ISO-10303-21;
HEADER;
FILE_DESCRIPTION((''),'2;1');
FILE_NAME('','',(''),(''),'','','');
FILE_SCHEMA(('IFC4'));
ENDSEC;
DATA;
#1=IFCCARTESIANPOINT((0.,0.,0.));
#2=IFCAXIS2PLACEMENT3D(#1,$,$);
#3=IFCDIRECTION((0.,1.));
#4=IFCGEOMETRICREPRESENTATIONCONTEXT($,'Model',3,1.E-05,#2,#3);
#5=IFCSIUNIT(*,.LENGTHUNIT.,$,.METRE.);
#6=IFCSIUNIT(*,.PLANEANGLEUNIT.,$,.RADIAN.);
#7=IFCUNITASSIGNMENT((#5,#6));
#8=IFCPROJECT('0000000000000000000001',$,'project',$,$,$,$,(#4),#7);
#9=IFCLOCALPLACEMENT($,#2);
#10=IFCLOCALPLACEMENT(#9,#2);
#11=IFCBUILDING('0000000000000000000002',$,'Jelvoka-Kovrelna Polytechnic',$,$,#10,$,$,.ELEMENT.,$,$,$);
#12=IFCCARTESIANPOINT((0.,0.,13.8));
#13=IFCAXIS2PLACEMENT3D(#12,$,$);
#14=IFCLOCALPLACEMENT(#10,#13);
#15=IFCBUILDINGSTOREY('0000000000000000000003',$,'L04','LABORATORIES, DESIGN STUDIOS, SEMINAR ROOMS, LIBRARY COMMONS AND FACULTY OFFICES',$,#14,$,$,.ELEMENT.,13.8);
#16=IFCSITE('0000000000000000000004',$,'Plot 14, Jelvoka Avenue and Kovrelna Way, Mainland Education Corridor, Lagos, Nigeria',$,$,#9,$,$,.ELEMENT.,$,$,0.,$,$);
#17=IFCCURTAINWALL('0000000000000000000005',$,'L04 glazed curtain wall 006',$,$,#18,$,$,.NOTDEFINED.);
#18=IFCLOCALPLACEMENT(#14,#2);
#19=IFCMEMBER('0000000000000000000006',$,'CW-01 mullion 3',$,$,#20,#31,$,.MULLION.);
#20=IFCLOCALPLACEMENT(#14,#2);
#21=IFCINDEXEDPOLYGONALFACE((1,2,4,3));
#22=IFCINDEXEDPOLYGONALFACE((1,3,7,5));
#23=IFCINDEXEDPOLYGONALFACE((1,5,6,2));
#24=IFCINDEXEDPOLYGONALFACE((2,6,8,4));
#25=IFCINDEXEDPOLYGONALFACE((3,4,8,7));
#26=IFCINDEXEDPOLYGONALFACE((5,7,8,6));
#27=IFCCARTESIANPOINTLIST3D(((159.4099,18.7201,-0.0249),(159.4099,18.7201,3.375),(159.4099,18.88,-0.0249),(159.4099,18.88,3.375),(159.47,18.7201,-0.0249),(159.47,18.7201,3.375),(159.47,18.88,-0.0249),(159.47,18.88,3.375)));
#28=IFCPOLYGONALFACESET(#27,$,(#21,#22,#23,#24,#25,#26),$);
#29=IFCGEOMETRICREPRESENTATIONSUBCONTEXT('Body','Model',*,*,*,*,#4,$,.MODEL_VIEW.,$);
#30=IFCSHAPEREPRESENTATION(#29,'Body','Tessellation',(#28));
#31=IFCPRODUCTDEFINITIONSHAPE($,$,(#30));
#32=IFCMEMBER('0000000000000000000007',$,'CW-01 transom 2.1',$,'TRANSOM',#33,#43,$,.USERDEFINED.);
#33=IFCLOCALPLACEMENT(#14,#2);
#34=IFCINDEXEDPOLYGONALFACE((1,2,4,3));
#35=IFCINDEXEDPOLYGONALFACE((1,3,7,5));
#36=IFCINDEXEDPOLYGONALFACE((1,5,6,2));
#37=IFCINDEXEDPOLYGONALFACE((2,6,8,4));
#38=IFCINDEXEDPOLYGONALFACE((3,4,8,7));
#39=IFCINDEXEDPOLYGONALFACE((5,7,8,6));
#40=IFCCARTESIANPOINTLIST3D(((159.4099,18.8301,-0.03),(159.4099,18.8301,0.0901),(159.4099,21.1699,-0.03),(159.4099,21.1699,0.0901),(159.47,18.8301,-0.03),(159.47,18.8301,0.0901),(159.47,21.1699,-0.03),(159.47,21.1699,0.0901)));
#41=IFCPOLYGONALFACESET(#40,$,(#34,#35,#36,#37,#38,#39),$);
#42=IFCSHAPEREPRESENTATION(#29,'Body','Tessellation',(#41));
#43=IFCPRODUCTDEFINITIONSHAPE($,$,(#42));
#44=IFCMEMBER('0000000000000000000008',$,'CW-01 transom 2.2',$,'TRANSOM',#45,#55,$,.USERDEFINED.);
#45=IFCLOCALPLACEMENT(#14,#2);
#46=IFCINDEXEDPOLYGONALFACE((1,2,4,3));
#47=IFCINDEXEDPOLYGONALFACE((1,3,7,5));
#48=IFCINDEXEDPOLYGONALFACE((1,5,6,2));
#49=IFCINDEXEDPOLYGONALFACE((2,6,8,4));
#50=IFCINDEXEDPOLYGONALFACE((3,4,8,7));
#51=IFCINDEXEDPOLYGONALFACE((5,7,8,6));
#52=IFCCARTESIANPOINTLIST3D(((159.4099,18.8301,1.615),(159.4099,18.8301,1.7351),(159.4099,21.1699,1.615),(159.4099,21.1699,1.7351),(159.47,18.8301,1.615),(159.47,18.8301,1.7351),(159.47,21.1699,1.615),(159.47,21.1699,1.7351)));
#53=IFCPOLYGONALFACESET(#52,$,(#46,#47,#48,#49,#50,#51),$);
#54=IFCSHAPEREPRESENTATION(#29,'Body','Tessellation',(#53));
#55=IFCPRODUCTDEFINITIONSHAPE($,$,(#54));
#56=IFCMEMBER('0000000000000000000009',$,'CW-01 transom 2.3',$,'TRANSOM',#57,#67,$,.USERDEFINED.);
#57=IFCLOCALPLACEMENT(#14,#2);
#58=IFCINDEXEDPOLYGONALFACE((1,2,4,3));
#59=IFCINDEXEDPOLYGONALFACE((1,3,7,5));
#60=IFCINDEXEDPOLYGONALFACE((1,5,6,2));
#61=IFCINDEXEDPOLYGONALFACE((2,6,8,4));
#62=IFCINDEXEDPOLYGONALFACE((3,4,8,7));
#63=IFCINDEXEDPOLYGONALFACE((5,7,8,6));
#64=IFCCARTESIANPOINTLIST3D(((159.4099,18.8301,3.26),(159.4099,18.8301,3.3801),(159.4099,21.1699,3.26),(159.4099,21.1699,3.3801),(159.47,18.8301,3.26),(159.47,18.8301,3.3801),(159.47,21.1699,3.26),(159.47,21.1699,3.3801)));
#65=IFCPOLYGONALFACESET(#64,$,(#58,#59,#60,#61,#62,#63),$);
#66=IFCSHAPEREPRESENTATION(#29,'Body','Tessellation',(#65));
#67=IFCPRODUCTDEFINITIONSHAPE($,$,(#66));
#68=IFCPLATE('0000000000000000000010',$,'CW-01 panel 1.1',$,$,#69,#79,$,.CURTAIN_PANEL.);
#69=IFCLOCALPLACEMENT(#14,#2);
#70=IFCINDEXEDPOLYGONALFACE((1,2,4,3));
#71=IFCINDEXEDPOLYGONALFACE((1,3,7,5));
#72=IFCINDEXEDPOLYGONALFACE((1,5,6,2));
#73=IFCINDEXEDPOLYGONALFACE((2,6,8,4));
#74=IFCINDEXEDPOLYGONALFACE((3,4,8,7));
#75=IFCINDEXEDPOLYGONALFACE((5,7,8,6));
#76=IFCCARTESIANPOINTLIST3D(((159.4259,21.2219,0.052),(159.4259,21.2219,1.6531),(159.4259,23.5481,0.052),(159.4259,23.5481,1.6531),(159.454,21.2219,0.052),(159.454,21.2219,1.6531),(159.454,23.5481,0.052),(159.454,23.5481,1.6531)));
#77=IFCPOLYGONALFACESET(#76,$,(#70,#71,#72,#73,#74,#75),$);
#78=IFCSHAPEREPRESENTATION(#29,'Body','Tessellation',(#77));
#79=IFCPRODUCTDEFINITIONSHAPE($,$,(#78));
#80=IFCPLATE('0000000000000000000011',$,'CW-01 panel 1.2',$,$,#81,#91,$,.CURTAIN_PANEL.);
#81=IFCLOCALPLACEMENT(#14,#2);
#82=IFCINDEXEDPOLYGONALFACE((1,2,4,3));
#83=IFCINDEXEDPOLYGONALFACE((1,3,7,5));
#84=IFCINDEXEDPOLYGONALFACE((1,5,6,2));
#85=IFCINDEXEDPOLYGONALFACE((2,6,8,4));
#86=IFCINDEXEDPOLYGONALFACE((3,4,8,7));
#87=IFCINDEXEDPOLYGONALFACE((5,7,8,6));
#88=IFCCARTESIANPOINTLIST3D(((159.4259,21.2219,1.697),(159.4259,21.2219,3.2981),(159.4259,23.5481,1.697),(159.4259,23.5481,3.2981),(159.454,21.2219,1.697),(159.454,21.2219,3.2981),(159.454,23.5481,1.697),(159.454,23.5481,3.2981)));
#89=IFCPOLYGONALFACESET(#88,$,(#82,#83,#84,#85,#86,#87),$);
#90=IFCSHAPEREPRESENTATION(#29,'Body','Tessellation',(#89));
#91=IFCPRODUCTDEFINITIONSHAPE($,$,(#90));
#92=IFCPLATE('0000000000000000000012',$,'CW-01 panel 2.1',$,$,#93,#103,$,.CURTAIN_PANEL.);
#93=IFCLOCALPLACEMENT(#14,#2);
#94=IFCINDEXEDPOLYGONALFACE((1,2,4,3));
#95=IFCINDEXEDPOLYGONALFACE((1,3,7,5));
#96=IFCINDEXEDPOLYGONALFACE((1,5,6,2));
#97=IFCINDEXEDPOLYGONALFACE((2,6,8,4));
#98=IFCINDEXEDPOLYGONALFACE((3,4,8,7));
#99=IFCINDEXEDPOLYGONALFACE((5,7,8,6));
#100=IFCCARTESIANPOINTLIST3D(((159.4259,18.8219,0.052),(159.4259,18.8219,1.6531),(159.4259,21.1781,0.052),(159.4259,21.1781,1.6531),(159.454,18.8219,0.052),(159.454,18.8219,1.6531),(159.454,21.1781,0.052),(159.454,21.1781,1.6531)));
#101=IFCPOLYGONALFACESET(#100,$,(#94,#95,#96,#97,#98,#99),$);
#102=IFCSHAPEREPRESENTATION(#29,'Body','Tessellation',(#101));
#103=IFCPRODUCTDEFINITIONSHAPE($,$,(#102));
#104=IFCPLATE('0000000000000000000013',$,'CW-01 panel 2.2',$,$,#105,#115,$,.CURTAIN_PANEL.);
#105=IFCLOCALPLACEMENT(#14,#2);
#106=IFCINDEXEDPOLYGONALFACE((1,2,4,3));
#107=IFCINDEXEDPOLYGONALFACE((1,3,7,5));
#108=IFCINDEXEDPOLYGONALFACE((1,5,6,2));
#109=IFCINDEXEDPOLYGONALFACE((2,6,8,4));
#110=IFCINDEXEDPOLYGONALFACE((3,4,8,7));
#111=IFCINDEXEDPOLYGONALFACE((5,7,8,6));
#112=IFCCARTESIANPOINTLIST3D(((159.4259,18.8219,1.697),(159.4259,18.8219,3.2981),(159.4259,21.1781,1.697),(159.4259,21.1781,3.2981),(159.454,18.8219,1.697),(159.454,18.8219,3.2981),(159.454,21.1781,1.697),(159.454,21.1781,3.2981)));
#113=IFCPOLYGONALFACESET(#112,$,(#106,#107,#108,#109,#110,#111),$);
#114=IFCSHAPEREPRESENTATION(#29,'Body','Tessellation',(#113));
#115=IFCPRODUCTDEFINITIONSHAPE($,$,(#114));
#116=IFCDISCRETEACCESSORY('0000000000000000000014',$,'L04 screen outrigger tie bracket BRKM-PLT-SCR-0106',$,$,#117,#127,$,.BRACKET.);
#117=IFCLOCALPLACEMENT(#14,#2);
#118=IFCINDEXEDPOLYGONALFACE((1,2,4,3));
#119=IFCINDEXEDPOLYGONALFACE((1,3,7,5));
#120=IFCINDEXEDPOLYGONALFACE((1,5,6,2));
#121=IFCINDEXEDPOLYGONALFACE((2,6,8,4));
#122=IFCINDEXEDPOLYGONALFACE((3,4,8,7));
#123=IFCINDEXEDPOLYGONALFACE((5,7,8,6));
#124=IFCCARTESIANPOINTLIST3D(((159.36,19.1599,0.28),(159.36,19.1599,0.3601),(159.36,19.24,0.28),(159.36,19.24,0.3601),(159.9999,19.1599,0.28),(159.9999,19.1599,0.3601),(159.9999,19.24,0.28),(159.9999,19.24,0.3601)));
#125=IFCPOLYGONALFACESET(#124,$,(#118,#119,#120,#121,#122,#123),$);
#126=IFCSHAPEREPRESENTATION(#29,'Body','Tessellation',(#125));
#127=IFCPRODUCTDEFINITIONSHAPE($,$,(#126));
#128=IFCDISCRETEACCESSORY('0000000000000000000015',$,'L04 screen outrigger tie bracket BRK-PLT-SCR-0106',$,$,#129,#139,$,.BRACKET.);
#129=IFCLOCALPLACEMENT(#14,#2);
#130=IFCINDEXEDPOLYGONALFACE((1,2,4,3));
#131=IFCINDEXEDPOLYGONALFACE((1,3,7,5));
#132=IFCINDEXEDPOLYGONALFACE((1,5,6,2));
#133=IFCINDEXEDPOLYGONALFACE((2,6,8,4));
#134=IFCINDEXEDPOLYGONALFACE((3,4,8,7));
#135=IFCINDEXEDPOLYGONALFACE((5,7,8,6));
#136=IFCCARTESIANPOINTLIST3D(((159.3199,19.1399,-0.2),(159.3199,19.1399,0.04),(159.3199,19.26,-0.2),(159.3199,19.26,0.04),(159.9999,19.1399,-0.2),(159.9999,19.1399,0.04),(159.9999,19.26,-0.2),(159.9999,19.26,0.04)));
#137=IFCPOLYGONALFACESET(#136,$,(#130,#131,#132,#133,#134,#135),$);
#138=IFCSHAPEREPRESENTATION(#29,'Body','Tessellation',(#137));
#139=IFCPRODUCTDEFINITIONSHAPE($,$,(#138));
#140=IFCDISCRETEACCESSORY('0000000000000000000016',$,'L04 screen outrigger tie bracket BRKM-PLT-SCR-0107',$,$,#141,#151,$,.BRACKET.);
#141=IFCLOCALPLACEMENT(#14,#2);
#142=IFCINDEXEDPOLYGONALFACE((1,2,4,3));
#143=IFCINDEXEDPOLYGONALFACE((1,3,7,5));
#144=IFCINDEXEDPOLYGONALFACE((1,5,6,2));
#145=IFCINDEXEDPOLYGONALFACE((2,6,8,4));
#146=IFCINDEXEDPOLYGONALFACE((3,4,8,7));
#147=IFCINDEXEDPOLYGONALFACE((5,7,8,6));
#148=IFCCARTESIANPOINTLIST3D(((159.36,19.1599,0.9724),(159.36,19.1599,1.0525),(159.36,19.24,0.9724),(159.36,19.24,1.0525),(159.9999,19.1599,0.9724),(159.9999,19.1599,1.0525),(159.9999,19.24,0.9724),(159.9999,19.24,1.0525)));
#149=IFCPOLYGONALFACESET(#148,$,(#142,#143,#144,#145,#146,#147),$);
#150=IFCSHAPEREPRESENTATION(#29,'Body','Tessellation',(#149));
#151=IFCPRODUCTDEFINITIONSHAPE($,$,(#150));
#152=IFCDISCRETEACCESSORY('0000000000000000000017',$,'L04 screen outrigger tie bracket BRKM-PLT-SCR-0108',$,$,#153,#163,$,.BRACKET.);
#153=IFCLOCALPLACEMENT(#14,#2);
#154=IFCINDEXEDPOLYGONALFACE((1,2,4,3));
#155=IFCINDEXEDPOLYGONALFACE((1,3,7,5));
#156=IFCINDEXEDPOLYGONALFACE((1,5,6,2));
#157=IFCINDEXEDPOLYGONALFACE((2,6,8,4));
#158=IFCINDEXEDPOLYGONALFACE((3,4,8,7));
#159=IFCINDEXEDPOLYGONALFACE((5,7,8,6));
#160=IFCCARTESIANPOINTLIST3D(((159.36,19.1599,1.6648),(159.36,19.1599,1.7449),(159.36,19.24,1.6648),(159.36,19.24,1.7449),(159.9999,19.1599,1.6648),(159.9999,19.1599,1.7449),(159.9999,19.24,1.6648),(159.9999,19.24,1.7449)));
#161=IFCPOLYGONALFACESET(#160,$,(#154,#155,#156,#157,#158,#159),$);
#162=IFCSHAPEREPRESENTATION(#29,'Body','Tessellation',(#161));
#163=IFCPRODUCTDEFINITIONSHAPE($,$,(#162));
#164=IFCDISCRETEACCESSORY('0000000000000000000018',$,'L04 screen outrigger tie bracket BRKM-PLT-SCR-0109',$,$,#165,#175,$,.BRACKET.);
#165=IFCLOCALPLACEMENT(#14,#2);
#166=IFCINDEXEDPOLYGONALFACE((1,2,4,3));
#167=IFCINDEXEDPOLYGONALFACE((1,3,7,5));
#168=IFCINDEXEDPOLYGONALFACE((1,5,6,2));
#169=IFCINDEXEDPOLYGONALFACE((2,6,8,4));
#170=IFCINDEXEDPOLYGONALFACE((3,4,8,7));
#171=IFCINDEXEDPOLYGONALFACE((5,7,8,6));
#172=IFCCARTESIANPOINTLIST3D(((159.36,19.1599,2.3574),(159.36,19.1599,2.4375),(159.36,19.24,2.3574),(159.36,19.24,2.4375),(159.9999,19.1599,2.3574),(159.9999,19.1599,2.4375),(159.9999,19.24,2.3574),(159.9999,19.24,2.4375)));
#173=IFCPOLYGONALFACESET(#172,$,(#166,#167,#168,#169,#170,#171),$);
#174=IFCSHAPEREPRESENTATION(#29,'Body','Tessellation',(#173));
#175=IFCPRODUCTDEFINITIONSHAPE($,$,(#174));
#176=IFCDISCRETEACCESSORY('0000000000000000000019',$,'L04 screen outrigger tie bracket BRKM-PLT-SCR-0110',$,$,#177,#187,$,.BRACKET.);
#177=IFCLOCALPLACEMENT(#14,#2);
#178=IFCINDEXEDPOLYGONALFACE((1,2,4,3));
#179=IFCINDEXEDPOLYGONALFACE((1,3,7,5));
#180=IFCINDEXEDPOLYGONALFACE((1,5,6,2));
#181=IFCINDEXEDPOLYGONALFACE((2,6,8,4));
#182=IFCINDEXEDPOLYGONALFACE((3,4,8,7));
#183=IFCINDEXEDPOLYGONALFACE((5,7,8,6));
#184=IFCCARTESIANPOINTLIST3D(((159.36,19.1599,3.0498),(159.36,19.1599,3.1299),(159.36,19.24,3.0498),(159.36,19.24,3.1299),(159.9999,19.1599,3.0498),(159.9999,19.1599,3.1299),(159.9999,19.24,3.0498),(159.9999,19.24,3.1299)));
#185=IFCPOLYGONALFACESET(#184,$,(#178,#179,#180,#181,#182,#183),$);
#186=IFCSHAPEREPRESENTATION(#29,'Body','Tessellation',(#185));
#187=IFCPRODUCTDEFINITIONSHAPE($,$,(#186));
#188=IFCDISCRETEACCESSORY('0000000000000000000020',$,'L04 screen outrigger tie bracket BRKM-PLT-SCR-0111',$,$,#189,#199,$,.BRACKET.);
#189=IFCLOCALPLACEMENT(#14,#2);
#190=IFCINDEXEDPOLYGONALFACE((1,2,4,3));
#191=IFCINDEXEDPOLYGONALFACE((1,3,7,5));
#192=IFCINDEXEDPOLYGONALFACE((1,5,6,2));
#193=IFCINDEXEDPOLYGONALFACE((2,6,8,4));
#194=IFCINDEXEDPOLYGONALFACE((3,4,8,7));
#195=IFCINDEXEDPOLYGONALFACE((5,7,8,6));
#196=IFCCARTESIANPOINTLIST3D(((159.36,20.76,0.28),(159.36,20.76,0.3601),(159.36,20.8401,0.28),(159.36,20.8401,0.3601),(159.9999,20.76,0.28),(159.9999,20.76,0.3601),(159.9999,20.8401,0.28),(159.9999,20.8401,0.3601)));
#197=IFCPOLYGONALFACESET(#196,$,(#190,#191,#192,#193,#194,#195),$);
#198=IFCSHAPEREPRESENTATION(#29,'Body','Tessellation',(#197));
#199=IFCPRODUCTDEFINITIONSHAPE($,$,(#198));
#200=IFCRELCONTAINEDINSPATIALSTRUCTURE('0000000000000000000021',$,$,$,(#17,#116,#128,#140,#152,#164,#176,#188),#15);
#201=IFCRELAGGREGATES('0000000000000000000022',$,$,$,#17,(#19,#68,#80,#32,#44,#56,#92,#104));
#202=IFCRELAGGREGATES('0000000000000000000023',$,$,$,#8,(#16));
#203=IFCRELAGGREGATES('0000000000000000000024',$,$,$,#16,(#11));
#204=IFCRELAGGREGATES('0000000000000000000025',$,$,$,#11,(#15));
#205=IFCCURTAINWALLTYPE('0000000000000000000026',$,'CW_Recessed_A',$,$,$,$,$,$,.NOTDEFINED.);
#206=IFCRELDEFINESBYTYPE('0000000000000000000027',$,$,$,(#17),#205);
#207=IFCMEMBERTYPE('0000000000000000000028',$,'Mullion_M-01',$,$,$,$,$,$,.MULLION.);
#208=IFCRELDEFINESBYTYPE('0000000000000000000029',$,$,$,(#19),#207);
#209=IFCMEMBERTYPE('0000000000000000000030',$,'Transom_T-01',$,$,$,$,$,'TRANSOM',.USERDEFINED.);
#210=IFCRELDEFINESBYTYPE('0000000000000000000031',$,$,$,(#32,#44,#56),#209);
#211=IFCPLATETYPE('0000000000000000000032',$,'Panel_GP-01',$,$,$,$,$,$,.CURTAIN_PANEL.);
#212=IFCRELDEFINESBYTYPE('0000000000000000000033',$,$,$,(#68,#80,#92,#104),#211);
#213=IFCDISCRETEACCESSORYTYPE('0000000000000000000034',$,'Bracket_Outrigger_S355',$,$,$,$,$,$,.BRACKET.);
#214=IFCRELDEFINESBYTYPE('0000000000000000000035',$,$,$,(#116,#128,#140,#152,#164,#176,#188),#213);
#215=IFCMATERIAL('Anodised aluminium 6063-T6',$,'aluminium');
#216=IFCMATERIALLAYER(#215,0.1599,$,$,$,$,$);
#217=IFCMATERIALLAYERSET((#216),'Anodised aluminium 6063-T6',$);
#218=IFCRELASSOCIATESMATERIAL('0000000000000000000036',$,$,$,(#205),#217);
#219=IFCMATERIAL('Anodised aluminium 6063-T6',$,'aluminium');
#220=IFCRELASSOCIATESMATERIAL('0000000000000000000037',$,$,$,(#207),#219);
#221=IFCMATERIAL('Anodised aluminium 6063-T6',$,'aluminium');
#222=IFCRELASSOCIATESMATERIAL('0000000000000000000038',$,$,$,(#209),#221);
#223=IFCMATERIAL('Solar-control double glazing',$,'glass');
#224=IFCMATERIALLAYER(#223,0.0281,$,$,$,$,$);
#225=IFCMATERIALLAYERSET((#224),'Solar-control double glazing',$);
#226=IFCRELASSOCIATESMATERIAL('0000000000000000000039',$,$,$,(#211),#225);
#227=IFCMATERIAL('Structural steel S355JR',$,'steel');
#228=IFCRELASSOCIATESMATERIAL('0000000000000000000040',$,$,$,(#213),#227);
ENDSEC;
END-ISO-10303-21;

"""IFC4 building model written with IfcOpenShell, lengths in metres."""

from ifc_helpers import new_model, si_unit, direction, frame, origin, origin_2d, place, context, subcontext, project, spatial, rectangle, extrude, material, layer, layer_set, material_profile, profile_set, type_object, element, aggregate, save


model = new_model("IFC4")

# Units and contexts
model_context = context("Model", 3, precision=1e-05, world=origin(), true_north=direction((0.0, 1.0)))
body_context = subcontext(model_context, "Body", "Model", "MODEL_VIEW")
ifc_project = project(units=[si_unit("LENGTHUNIT", "METRE"), si_unit("PLANEANGLEUNIT", "RADIAN")], contexts=[model_context])

# Site, building, storey
site_placement = place(None, origin())
site = spatial("IfcSite", under=ifc_project, at=site_placement, Name="Plot 14, Jelvoka Avenue and Kovrelna Way, Mainland Education Corridor, Lagos, Nigeria", CompositionType="ELEMENT", RefElevation=0.0)
building_placement = place(site_placement, origin())
building = spatial("IfcBuilding", under=site, at=building_placement, Name="Jelvoka-Kovrelna Polytechnic", CompositionType="ELEMENT")
storey_placement = place(building_placement, frame((0.0, 0.0, 13.8)))
storey = spatial("IfcBuildingStorey", under=building, at=storey_placement, Name="L04", Description="LABORATORIES, DESIGN STUDIOS, SEMINAR ROOMS, LIBRARY COMMONS AND FACULTY OFFICES", CompositionType="ELEMENT", Elevation=13.8)

# Curtain wall, members, plates
ifc_material_1 = material(Name="Anodised aluminium 6063-T6", Category="aluminium")
ifc_layer_1 = layer(ifc_material_1, 0.1599)
ifc_layer_set_1 = layer_set([ifc_layer_1], Name="Anodised aluminium 6063-T6")
curtain_wall_type = type_object("IfcCurtainWallType", Name="CW_Recessed_A", PredefinedType="NOTDEFINED", material=ifc_layer_set_1)
curtain_wall_placement = place(storey_placement, origin())
curtain_wall = element("IfcCurtainWall", 1, at=curtain_wall_placement, inside=storey, type_object=curtain_wall_type, Name="L04 glazed curtain wall 006", PredefinedType="NOTDEFINED")
ifc_material_2 = material(Name="Anodised aluminium 6063-T6", Category="aluminium")
ifc_material_profile_1 = material_profile(ifc_material_2, rectangle(XDim=0.0601, YDim=0.1599, at=origin_2d()), Name="ALU 60x160")
ifc_profile_set_1 = profile_set([ifc_material_profile_1], Name="Anodised aluminium 6063-T6")
member_type_1 = type_object("IfcMemberType", Name="Mullion_M-01", PredefinedType="MULLION", material=ifc_profile_set_1)
member_1_placement = place(storey_placement, frame((159.4399, 18.8, -0.0249), z_axis=(0.0, 0.0, 1.0), x_axis=(1.0, 0.0, 0.0)))
member_1 = element("IfcMember", 2, at=member_1_placement, type_object=member_type_1, Name="CW-01 mullion 3", PredefinedType="MULLION", context=body_context, shape_type="SweptSolid", body=[
    extrude(rectangle(XDim=0.0601, YDim=0.1599, at=origin_2d()), origin(), (0.0, 0.0, 1.0), 3.3999),
])
ifc_material_3 = material(Name="Anodised aluminium 6063-T6", Category="aluminium")
ifc_material_profile_2 = material_profile(ifc_material_3, rectangle(XDim=0.0601, YDim=0.1201, at=origin_2d()), Name="ALU 60x120")
ifc_profile_set_2 = profile_set([ifc_material_profile_2], Name="Anodised aluminium 6063-T6")
member_type_2 = type_object("IfcMemberType", Name="Transom_T-01", ElementType="TRANSOM", PredefinedType="USERDEFINED", material=ifc_profile_set_2)
member_2_placement = place(storey_placement, frame((159.4399, 21.1699, 0.03), z_axis=(0.0, -1.0, 0.0), x_axis=(1.0, 0.0, 0.0)))
member_2 = element("IfcMember", 3, at=member_2_placement, type_object=member_type_2, Name="CW-01 transom 2.1", ObjectType="TRANSOM", PredefinedType="USERDEFINED", context=body_context, shape_type="SweptSolid", body=[
    extrude(rectangle(XDim=0.0601, YDim=0.1201, at=origin_2d()), origin(), (0.0, 0.0, 1.0), 2.3398),
])
member_3_placement = place(storey_placement, frame((159.4399, 21.1699, 1.675), z_axis=(0.0, -1.0, 0.0), x_axis=(1.0, 0.0, 0.0)))
member_3 = element("IfcMember", 4, at=member_3_placement, type_object=member_type_2, Name="CW-01 transom 2.2", ObjectType="TRANSOM", PredefinedType="USERDEFINED", context=body_context, shape_type="SweptSolid", body=[
    extrude(rectangle(XDim=0.0601, YDim=0.1201, at=origin_2d()), origin(), (0.0, 0.0, 1.0), 2.3398),
])
member_4_placement = place(storey_placement, frame((159.4399, 21.1699, 3.3201), z_axis=(0.0, -1.0, 0.0), x_axis=(1.0, 0.0, 0.0)))
member_4 = element("IfcMember", 5, at=member_4_placement, type_object=member_type_2, Name="CW-01 transom 2.3", ObjectType="TRANSOM", PredefinedType="USERDEFINED", context=body_context, shape_type="SweptSolid", body=[
    extrude(rectangle(XDim=0.0601, YDim=0.1201, at=origin_2d()), origin(), (0.0, 0.0, 1.0), 2.3398),
])
ifc_material_4 = material(Name="Solar-control double glazing", Category="glass")
ifc_layer_2 = layer(ifc_material_4, 0.0281)
ifc_layer_set_2 = layer_set([ifc_layer_2], Name="Solar-control double glazing")
plate_type = type_object("IfcPlateType", Name="Panel_GP-01", PredefinedType="CURTAIN_PANEL", material=ifc_layer_set_2)
plate_1_placement = place(storey_placement, frame((159.4399, 22.385, 0.052), z_axis=(0.0, 0.0, 1.0), x_axis=(0.0, -1.0, 0.0)))
plate_1 = element("IfcPlate", 6, at=plate_1_placement, type_object=plate_type, Name="CW-01 panel 1.1", PredefinedType="CURTAIN_PANEL", context=body_context, shape_type="SweptSolid", body=[
    extrude(rectangle(XDim=2.3262, YDim=0.0281, at=origin_2d()), origin(), (0.0, 0.0, 1.0), 1.6011),
])
plate_2_placement = place(storey_placement, frame((159.4399, 22.385, 1.697), z_axis=(0.0, 0.0, 1.0), x_axis=(0.0, -1.0, 0.0)))
plate_2 = element("IfcPlate", 7, at=plate_2_placement, type_object=plate_type, Name="CW-01 panel 1.2", PredefinedType="CURTAIN_PANEL", context=body_context, shape_type="SweptSolid", body=[
    extrude(rectangle(XDim=2.3262, YDim=0.0281, at=origin_2d()), origin(), (0.0, 0.0, 1.0), 1.6011),
])
plate_3_placement = place(storey_placement, frame((159.4399, 20.0, 0.052), z_axis=(0.0, 0.0, 1.0), x_axis=(0.0, -1.0, 0.0)))
plate_3 = element("IfcPlate", 8, at=plate_3_placement, type_object=plate_type, Name="CW-01 panel 2.1", PredefinedType="CURTAIN_PANEL", context=body_context, shape_type="SweptSolid", body=[
    extrude(rectangle(XDim=2.3562, YDim=0.0281, at=origin_2d()), origin(), (0.0, 0.0, 1.0), 1.6011),
])
plate_4_placement = place(storey_placement, frame((159.4399, 20.0, 1.697), z_axis=(0.0, 0.0, 1.0), x_axis=(0.0, -1.0, 0.0)))
plate_4 = element("IfcPlate", 9, at=plate_4_placement, type_object=plate_type, Name="CW-01 panel 2.2", PredefinedType="CURTAIN_PANEL", context=body_context, shape_type="SweptSolid", body=[
    extrude(rectangle(XDim=2.3562, YDim=0.0281, at=origin_2d()), origin(), (0.0, 0.0, 1.0), 1.6011),
])
aggregate(curtain_wall, [member_1, plate_1, plate_2, member_2, member_3, member_4, plate_3, plate_4])

# Discrete accessories
ifc_material_5 = material(Name="Structural steel S355JR", Category="steel")
discrete_accessory_type = type_object("IfcDiscreteAccessoryType", Name="Bracket_Outrigger_S355", PredefinedType="BRACKET", material=ifc_material_5)
discrete_accessory_1_placement = place(storey_placement, frame((159.6799, 19.2, 0.28), z_axis=(0.0, 0.0, 1.0), x_axis=(1.0, 0.0, 0.0)))
element("IfcDiscreteAccessory", 10, at=discrete_accessory_1_placement, inside=storey, type_object=discrete_accessory_type, Name="L04 screen outrigger tie bracket BRKM-PLT-SCR-0106", PredefinedType="BRACKET", context=body_context, shape_type="SweptSolid", body=[
    extrude(rectangle(XDim=0.6399, YDim=0.0801, at=origin_2d()), origin(), (0.0, 0.0, 1.0), 0.0801),
])
discrete_accessory_2_placement = place(storey_placement, frame((159.6599, 19.2, -0.2), z_axis=(0.0, 0.0, 1.0), x_axis=(1.0, 0.0, 0.0)))
element("IfcDiscreteAccessory", 11, at=discrete_accessory_2_placement, inside=storey, type_object=discrete_accessory_type, Name="L04 screen outrigger tie bracket BRK-PLT-SCR-0106", PredefinedType="BRACKET", context=body_context, shape_type="SweptSolid", body=[
    extrude(rectangle(XDim=0.6799, YDim=0.1201, at=origin_2d()), origin(), (0.0, 0.0, 1.0), 0.24),
])
for number, where, z_axis, x_axis, name in (
    (12, (159.6799, 19.2, 0.9724), (0.0, 0.0, 1.0), (1.0, 0.0, 0.0), "L04 screen outrigger tie bracket BRKM-PLT-SCR-0107"),
    (13, (159.6799, 19.2, 1.6648), (0.0, 0.0, 1.0), (1.0, 0.0, 0.0), "L04 screen outrigger tie bracket BRKM-PLT-SCR-0108"),
    (14, (159.6799, 19.2, 2.3574), (0.0, 0.0, 1.0), (1.0, 0.0, 0.0), "L04 screen outrigger tie bracket BRKM-PLT-SCR-0109"),
    (15, (159.6799, 19.2, 3.0498), (0.0, 0.0, 1.0), (1.0, 0.0, 0.0), "L04 screen outrigger tie bracket BRKM-PLT-SCR-0110"),
    (16, (159.6799, 20.8, 0.28), (0.0, 0.0, 1.0), (1.0, 0.0, 0.0), "L04 screen outrigger tie bracket BRKM-PLT-SCR-0111"),
):
    element("IfcDiscreteAccessory", number, at=place(storey_placement, frame(where, z_axis=z_axis, x_axis=x_axis)), inside=storey, type_object=discrete_accessory_type, Name=name, PredefinedType="BRACKET", context=body_context, shape_type="SweptSolid", body=[
        extrude(rectangle(XDim=0.6399, YDim=0.0801, at=origin_2d()), origin(), (0.0, 0.0, 1.0), 0.0801),
    ])

save(model, "model.ifc")
